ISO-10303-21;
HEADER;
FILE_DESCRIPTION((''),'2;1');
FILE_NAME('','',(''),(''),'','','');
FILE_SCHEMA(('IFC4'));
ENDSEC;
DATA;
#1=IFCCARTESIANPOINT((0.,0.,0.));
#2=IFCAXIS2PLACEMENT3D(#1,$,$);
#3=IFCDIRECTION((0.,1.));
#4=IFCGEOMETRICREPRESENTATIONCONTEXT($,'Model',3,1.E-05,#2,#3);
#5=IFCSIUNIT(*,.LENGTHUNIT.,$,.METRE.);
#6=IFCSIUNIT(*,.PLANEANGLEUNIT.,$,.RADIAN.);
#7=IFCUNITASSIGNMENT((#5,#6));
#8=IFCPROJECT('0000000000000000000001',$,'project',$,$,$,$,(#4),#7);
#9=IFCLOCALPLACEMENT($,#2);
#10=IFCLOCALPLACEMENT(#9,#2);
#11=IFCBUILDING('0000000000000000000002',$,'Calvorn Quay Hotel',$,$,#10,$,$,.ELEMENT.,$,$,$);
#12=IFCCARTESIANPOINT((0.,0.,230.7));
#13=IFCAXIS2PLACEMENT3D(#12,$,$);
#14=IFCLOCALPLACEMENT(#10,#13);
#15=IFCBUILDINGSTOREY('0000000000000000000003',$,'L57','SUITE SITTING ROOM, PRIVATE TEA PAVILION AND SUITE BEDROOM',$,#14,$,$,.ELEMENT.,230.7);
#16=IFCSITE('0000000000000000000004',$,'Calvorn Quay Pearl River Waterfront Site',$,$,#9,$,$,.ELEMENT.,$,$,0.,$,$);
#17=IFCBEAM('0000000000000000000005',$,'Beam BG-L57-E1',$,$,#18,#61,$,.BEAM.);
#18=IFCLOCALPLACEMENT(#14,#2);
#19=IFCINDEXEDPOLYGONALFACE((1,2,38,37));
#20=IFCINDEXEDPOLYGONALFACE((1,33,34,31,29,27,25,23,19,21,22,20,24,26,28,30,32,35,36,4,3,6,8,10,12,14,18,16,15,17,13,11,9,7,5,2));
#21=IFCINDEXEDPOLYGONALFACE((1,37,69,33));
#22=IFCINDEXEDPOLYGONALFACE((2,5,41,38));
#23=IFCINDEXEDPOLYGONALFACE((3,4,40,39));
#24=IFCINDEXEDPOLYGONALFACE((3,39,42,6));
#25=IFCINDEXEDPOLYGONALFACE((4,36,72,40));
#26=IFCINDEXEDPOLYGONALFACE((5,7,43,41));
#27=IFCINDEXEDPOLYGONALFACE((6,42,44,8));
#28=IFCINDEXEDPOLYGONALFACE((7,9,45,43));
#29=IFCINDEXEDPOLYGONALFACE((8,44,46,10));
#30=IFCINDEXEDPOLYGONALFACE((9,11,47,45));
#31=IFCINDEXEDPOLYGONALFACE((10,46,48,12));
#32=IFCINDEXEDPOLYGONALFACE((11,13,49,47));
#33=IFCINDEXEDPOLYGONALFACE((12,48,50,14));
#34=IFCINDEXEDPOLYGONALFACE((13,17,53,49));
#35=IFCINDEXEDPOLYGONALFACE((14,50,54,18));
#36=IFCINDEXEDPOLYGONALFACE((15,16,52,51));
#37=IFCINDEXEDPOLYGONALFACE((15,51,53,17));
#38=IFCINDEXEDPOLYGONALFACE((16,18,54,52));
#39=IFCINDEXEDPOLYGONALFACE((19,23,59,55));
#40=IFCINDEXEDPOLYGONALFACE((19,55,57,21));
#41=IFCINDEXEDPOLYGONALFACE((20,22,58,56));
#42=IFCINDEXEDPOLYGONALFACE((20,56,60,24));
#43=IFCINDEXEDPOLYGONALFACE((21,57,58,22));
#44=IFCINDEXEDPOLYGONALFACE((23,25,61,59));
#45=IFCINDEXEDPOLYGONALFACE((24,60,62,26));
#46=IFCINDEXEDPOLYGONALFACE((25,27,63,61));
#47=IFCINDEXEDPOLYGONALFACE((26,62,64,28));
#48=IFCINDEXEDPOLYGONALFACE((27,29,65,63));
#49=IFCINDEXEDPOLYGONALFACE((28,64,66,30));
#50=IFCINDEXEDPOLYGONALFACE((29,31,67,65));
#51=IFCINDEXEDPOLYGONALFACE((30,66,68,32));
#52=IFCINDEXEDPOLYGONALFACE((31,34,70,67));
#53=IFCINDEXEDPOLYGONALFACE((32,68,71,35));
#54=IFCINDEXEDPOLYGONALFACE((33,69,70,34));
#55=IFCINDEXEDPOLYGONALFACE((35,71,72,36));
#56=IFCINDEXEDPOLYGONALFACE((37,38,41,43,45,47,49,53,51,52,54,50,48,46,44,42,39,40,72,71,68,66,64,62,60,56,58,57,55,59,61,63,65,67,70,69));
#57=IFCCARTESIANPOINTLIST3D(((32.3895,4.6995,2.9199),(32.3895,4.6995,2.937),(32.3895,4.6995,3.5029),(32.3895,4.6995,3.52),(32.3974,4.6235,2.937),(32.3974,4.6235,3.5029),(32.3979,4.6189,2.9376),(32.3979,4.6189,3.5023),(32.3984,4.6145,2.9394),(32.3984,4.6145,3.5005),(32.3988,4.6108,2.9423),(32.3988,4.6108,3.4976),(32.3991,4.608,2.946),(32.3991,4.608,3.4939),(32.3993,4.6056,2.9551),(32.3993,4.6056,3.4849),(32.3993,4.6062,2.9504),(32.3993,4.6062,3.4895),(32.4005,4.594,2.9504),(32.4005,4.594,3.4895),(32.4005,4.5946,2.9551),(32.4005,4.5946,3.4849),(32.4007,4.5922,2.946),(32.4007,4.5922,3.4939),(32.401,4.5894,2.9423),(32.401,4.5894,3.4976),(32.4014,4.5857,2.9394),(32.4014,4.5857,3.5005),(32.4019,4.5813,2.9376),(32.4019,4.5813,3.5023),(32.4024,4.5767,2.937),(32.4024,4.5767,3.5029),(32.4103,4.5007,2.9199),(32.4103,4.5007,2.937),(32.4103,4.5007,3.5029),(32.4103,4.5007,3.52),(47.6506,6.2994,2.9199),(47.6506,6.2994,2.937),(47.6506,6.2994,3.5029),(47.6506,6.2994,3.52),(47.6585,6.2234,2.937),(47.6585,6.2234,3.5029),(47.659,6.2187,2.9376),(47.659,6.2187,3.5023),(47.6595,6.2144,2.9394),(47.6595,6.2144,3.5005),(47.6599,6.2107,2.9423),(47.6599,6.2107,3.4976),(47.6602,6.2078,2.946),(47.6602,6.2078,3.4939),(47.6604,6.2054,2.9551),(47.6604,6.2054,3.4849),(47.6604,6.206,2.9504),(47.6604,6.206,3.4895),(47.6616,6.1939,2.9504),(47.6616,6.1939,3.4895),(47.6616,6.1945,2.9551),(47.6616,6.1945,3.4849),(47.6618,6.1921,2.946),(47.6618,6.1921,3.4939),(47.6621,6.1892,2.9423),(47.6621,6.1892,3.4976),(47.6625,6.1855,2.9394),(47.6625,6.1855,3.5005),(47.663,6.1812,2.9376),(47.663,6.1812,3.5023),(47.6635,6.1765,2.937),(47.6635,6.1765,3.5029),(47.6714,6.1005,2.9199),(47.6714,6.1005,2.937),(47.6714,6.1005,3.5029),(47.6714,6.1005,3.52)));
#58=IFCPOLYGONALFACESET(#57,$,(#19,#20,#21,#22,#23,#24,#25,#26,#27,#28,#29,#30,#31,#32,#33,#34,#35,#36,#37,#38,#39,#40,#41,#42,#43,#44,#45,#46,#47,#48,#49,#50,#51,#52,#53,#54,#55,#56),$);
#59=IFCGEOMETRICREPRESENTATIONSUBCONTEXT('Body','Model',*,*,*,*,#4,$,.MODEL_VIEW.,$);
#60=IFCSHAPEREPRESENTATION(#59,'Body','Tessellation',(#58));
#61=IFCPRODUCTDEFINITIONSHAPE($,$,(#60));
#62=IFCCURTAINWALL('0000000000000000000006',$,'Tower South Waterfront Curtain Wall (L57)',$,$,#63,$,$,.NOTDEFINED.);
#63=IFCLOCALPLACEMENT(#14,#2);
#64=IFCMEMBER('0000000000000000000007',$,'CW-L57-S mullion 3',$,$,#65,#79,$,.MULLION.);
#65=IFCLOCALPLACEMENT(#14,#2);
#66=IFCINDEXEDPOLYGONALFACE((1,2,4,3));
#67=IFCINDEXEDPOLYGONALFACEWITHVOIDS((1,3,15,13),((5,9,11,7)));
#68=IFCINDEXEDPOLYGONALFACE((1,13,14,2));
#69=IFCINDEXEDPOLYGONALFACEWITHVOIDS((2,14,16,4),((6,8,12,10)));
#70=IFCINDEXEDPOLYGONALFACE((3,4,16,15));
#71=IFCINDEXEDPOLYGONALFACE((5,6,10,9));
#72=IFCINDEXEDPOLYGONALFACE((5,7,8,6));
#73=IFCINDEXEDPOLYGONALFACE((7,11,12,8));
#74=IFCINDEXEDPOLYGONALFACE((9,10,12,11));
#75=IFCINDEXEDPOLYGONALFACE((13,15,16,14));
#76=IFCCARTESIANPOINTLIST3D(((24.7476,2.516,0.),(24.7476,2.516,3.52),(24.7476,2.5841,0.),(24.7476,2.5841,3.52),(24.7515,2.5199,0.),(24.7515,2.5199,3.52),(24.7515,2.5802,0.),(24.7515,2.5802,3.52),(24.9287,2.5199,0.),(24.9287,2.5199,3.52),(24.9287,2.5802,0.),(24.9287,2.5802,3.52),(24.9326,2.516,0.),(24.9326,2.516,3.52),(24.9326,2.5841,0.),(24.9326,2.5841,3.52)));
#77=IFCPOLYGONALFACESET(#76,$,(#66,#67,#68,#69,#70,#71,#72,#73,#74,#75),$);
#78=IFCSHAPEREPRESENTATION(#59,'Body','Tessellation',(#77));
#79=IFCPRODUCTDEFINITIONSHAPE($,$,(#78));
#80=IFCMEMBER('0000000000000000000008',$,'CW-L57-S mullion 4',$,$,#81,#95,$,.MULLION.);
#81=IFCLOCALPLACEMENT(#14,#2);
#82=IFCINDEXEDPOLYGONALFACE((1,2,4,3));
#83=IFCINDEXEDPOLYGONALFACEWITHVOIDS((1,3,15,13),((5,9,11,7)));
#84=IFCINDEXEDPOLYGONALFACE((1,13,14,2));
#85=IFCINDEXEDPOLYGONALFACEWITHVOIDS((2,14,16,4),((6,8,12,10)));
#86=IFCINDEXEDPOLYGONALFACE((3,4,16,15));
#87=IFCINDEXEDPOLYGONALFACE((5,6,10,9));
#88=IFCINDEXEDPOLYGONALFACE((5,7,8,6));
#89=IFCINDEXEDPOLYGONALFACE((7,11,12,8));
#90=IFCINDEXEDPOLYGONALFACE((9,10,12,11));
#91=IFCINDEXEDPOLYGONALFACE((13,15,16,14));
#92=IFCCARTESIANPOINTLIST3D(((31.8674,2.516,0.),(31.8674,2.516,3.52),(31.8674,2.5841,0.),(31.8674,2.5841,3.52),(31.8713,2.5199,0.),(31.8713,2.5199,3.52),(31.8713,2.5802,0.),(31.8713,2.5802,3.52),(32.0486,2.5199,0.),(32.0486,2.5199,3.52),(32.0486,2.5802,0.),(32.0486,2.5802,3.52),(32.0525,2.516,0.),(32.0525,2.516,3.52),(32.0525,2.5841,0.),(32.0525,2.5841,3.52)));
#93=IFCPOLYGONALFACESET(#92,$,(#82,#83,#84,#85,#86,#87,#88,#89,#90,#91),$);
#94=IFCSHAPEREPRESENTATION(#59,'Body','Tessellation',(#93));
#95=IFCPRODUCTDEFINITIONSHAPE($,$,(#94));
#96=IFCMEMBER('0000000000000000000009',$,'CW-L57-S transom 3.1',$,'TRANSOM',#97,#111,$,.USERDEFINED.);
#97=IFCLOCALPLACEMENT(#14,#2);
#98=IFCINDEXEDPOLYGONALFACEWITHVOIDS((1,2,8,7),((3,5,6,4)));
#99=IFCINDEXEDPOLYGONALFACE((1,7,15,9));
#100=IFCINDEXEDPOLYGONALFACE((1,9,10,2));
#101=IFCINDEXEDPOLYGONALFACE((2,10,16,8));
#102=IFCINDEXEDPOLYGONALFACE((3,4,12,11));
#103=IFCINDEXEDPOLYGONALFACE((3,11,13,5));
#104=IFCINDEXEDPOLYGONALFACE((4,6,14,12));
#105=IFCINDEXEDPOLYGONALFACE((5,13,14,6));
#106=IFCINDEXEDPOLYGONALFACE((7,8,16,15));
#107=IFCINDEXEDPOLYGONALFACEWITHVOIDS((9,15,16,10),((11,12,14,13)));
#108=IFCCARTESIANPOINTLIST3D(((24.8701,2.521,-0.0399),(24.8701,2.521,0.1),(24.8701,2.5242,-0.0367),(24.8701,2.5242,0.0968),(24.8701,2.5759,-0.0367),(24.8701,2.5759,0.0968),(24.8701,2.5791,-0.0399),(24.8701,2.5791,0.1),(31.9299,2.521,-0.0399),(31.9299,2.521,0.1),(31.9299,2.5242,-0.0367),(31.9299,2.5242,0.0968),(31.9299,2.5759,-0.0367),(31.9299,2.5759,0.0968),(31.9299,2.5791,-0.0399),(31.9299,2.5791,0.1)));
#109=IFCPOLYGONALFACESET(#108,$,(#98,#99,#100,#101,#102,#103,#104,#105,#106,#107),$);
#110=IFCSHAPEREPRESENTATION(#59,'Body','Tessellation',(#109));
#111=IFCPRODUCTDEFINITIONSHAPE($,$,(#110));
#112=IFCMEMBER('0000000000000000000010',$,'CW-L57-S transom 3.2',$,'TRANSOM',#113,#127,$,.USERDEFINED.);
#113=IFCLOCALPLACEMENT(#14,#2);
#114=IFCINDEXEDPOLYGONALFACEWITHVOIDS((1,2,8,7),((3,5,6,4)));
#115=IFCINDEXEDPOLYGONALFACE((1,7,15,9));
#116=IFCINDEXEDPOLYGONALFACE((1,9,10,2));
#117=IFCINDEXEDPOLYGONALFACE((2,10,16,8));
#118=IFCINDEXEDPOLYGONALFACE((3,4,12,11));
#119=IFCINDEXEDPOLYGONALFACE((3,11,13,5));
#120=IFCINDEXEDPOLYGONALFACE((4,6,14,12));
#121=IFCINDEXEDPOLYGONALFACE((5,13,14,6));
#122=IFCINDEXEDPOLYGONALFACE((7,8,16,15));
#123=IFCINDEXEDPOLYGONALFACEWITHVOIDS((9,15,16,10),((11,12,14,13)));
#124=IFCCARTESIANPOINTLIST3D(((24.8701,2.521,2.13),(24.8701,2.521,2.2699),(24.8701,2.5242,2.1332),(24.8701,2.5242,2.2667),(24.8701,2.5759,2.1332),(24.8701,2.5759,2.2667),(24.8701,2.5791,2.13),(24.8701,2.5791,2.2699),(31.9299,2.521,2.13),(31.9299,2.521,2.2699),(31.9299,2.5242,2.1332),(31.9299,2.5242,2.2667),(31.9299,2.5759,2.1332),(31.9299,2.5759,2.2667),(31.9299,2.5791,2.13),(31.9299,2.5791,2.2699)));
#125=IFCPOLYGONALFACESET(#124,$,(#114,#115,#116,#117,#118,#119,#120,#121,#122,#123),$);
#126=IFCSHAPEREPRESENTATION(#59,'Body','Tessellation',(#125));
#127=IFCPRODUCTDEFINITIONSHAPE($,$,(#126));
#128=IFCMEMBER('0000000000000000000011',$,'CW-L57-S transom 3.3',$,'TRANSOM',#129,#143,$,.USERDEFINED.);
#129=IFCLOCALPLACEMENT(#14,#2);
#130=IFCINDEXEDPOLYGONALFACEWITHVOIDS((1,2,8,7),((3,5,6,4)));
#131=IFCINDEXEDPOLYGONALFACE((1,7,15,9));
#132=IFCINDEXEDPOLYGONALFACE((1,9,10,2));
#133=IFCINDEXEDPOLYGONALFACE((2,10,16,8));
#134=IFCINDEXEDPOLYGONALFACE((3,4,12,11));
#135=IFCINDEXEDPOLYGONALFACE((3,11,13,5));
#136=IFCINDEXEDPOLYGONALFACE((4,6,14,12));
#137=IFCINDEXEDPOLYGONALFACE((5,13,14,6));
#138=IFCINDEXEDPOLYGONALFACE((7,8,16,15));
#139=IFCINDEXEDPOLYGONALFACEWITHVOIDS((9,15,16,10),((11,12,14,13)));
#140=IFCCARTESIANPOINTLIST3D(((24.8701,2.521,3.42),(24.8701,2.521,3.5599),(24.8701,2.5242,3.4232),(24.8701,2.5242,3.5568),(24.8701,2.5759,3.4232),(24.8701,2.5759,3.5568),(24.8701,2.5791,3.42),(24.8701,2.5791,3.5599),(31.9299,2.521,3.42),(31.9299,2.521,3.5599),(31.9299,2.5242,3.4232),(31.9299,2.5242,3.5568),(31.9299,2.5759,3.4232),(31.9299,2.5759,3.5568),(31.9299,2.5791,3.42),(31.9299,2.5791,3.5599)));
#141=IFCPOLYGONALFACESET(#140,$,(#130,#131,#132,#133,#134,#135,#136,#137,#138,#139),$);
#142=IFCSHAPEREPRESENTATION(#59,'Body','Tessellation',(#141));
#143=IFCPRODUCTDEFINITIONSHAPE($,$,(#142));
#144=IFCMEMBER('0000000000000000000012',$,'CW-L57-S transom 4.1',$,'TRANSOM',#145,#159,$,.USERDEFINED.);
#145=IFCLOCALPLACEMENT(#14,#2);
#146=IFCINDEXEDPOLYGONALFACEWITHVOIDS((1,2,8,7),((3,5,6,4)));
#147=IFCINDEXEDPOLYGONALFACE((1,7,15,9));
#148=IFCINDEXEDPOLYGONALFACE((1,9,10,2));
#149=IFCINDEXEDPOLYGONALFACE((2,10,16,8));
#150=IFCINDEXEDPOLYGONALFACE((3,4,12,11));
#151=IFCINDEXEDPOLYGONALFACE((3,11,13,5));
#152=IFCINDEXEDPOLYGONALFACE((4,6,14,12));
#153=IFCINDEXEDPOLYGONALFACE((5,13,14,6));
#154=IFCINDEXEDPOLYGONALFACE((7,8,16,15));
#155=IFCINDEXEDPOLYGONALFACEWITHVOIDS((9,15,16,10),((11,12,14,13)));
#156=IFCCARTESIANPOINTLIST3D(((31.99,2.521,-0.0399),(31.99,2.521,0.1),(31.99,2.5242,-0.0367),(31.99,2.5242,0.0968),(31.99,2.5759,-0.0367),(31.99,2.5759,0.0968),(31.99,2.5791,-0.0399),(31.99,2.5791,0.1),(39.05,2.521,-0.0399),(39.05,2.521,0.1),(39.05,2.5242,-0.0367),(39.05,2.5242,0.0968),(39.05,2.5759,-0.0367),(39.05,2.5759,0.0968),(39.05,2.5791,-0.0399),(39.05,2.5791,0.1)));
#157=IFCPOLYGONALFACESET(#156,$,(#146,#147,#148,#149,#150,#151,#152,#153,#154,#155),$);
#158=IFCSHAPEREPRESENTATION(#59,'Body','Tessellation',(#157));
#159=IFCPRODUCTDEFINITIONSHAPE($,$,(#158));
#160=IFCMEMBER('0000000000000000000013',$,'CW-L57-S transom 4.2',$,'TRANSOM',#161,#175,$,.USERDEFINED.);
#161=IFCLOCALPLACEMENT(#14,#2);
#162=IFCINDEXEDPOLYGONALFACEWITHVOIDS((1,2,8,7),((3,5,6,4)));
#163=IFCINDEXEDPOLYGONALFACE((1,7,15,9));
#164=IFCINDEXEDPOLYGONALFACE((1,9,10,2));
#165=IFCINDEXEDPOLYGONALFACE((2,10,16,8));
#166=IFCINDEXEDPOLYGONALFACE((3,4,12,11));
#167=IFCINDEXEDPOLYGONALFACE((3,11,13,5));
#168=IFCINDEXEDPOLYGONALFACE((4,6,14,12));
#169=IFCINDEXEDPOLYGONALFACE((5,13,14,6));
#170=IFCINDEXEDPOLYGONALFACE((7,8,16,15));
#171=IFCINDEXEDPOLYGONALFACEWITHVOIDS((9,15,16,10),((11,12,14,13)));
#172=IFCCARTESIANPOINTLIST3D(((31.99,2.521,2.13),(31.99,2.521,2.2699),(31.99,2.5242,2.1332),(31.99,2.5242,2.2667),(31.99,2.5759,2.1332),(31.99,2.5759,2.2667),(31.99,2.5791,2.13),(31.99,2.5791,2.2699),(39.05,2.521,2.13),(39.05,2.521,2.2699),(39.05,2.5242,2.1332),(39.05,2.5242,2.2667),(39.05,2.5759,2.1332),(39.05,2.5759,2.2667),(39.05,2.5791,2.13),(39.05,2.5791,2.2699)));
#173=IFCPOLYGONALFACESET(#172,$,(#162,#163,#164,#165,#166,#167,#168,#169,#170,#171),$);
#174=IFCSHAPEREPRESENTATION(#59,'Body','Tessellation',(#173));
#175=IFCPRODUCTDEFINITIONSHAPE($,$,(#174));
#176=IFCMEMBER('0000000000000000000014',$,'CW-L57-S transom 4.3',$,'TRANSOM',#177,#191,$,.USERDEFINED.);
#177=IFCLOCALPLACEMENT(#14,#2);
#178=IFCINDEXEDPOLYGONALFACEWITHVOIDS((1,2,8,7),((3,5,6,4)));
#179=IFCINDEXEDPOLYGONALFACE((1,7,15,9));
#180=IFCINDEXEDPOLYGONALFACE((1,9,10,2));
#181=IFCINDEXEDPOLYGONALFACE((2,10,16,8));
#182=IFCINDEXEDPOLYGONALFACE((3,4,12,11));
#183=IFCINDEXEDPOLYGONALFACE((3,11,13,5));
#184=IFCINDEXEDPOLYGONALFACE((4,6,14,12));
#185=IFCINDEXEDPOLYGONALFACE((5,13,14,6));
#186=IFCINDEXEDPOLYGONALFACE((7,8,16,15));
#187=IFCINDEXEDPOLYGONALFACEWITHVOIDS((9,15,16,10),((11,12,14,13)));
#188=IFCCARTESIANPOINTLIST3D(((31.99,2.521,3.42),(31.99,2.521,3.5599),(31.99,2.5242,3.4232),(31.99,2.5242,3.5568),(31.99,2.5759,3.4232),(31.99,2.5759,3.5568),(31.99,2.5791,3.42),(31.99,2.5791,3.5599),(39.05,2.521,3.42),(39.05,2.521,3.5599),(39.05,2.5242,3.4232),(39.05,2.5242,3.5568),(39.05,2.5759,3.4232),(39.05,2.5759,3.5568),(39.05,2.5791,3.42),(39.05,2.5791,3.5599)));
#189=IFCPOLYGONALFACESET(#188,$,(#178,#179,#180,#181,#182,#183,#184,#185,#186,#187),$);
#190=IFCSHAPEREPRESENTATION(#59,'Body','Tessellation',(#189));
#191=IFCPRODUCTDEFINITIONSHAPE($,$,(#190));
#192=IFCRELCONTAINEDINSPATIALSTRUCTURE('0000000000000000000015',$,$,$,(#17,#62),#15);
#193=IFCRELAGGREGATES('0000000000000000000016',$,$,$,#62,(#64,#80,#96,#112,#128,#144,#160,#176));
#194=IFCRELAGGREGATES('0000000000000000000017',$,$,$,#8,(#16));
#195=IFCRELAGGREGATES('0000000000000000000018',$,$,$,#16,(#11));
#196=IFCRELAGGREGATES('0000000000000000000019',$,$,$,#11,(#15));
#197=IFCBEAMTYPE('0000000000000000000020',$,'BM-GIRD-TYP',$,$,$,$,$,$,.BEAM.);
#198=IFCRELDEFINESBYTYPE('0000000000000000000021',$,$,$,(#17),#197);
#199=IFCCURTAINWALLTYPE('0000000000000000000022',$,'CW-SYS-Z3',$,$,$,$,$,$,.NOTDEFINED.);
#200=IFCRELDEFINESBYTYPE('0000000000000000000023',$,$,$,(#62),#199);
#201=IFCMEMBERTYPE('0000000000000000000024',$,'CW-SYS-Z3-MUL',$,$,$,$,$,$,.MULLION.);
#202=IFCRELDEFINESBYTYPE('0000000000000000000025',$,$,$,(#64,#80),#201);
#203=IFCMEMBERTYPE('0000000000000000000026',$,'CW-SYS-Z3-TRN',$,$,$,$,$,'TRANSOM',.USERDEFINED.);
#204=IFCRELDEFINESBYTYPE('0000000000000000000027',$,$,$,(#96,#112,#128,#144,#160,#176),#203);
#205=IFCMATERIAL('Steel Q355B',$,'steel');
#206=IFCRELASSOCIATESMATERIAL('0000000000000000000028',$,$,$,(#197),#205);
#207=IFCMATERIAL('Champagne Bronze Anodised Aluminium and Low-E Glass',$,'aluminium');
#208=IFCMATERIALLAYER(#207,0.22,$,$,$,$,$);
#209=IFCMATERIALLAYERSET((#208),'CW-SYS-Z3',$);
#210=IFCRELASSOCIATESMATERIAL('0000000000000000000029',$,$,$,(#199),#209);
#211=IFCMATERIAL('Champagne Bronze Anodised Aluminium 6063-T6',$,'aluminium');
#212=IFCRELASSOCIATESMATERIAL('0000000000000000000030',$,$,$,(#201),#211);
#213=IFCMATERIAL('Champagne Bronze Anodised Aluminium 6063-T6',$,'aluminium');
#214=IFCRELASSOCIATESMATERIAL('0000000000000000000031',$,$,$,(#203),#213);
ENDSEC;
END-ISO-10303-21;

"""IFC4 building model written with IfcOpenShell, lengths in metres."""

from ifc_helpers import new_model, si_unit, direction, frame, origin, origin_2d, place, context, subcontext, project, spatial, hollow_rectangle, i_section, extrude, material, layer, layer_set, material_profile, profile_set, type_object, element, aggregate, save


model = new_model("IFC4")

# Units and contexts
model_context = context("Model", 3, precision=1e-05, world=origin(), true_north=direction((0.0, 1.0)))
body_context = subcontext(model_context, "Body", "Model", "MODEL_VIEW")
ifc_project = project(units=[si_unit("LENGTHUNIT", "METRE"), si_unit("PLANEANGLEUNIT", "RADIAN")], contexts=[model_context])

# Site, building, storey
site_placement = place(None, origin())
site = spatial("IfcSite", under=ifc_project, at=site_placement, Name="Calvorn Quay Pearl River Waterfront Site", CompositionType="ELEMENT", RefElevation=0.0)
building_placement = place(site_placement, origin())
building = spatial("IfcBuilding", under=site, at=building_placement, Name="Calvorn Quay Hotel", CompositionType="ELEMENT")
storey_placement = place(building_placement, frame((0.0, 0.0, 230.7)))
storey = spatial("IfcBuildingStorey", under=building, at=storey_placement, Name="L57", Description="SUITE SITTING ROOM, PRIVATE TEA PAVILION AND SUITE BEDROOM", CompositionType="ELEMENT", Elevation=230.7)

# Beam
ifc_material_1 = material(Name="Steel Q355B", Category="steel")
ifc_material_profile_1 = material_profile(ifc_material_1, i_section(OverallWidth=0.2, OverallDepth=0.6001, WebThickness=0.011, FlangeThickness=0.0171, FilletRadius=0.0181, at=origin_2d()), Name="HN600x200x11x17")
ifc_profile_set_1 = profile_set([ifc_material_profile_1], Name="Steel Q355B")
beam_type = type_object("IfcBeamType", Name="BM-GIRD-TYP", PredefinedType="BEAM", material=ifc_profile_set_1)
beam_placement = place(storey_placement, frame((32.3999, 4.6001, 3.22), z_axis=(0.99455, 0.104262, 0.0), x_axis=(-0.104262, 0.99455, 0.0)))
element("IfcBeam", 1, at=beam_placement, inside=storey, type_object=beam_type, Name="Beam BG-L57-E1", PredefinedType="BEAM", context=body_context, shape_type="SweptSolid", body=[
    extrude(i_section(OverallWidth=0.2, OverallDepth=0.6001, WebThickness=0.011, FlangeThickness=0.0171, FilletRadius=0.0181, at=origin_2d()), origin(), (0.0, 0.0, 1.0), 15.3447),
])

# Curtain wall, members
ifc_material_2 = material(Name="Champagne Bronze Anodised Aluminium and Low-E Glass", Category="aluminium")
ifc_layer_1 = layer(ifc_material_2, 0.22)
ifc_layer_set_1 = layer_set([ifc_layer_1], Name="CW-SYS-Z3")
curtain_wall_type = type_object("IfcCurtainWallType", Name="CW-SYS-Z3", PredefinedType="NOTDEFINED", material=ifc_layer_set_1)
curtain_wall_placement = place(storey_placement, origin())
curtain_wall = element("IfcCurtainWall", 2, at=curtain_wall_placement, inside=storey, type_object=curtain_wall_type, Name="Tower South Waterfront Curtain Wall (L57)", PredefinedType="NOTDEFINED")
ifc_material_3 = material(Name="Champagne Bronze Anodised Aluminium 6063-T6", Category="aluminium")
ifc_material_profile_2 = material_profile(ifc_material_3, hollow_rectangle(XDim=0.0681, YDim=0.1851, WallThickness=0.0039, at=origin_2d()), Name="ALU-M185x68x4")
ifc_profile_set_2 = profile_set([ifc_material_profile_2], Name="Champagne Bronze Anodised Aluminium 6063-T6")
member_type_1 = type_object("IfcMemberType", Name="CW-SYS-Z3-MUL", PredefinedType="MULLION", material=ifc_profile_set_2)
member_1_placement = place(storey_placement, frame((24.8401, 2.55, 0.0), z_axis=(0.0, 0.0, 1.0), x_axis=(0.0, 1.0, 0.0)))
member_1 = element("IfcMember", 3, at=member_1_placement, type_object=member_type_1, Name="CW-L57-S mullion 3", PredefinedType="MULLION", context=body_context, shape_type="SweptSolid", body=[
    extrude(hollow_rectangle(XDim=0.0681, YDim=0.1851, WallThickness=0.0039, at=origin_2d()), origin(), (0.0, 0.0, 1.0), 3.52),
])
member_2_placement = place(storey_placement, frame((31.96, 2.55, 0.0), z_axis=(0.0, 0.0, 1.0), x_axis=(0.0, 1.0, 0.0)))
member_2 = element("IfcMember", 4, at=member_2_placement, type_object=member_type_1, Name="CW-L57-S mullion 4", PredefinedType="MULLION", context=body_context, shape_type="SweptSolid", body=[
    extrude(hollow_rectangle(XDim=0.0681, YDim=0.1851, WallThickness=0.0039, at=origin_2d()), origin(), (0.0, 0.0, 1.0), 3.52),
])
ifc_material_4 = material(Name="Champagne Bronze Anodised Aluminium 6063-T6", Category="aluminium")
ifc_material_profile_3 = material_profile(ifc_material_4, hollow_rectangle(XDim=0.0581, YDim=0.1399, WallThickness=0.0032, at=origin_2d()), Name="ALU-T140x58x3.2")
ifc_profile_set_3 = profile_set([ifc_material_profile_3], Name="Champagne Bronze Anodised Aluminium 6063-T6")
member_type_2 = type_object("IfcMemberType", Name="CW-SYS-Z3-TRN", ElementType="TRANSOM", PredefinedType="USERDEFINED", material=ifc_profile_set_3)
member_3_placement = place(storey_placement, frame((24.8701, 2.55, 0.03), z_axis=(1.0, 0.0, 0.0), x_axis=(0.0, 1.0, 0.0)))
member_3 = element("IfcMember", 5, at=member_3_placement, type_object=member_type_2, Name="CW-L57-S transom 3.1", ObjectType="TRANSOM", PredefinedType="USERDEFINED", context=body_context, shape_type="SweptSolid", body=[
    extrude(hollow_rectangle(XDim=0.0581, YDim=0.1399, WallThickness=0.0032, at=origin_2d()), origin(), (0.0, 0.0, 1.0), 7.0598),
])
member_4_placement = place(storey_placement, frame((24.8701, 2.55, 2.2), z_axis=(1.0, 0.0, 0.0), x_axis=(0.0, 1.0, 0.0)))
member_4 = element("IfcMember", 6, at=member_4_placement, type_object=member_type_2, Name="CW-L57-S transom 3.2", ObjectType="TRANSOM", PredefinedType="USERDEFINED", context=body_context, shape_type="SweptSolid", body=[
    extrude(hollow_rectangle(XDim=0.0581, YDim=0.1399, WallThickness=0.0032, at=origin_2d()), origin(), (0.0, 0.0, 1.0), 7.0598),
])
member_5_placement = place(storey_placement, frame((24.8701, 2.55, 3.49), z_axis=(1.0, 0.0, 0.0), x_axis=(0.0, 1.0, 0.0)))
member_5 = element("IfcMember", 7, at=member_5_placement, type_object=member_type_2, Name="CW-L57-S transom 3.3", ObjectType="TRANSOM", PredefinedType="USERDEFINED", context=body_context, shape_type="SweptSolid", body=[
    extrude(hollow_rectangle(XDim=0.0581, YDim=0.1399, WallThickness=0.0032, at=origin_2d()), origin(), (0.0, 0.0, 1.0), 7.0598),
])
member_6_placement = place(storey_placement, frame((31.99, 2.55, 0.03), z_axis=(1.0, 0.0, 0.0), x_axis=(0.0, 1.0, 0.0)))
member_6 = element("IfcMember", 8, at=member_6_placement, type_object=member_type_2, Name="CW-L57-S transom 4.1", ObjectType="TRANSOM", PredefinedType="USERDEFINED", context=body_context, shape_type="SweptSolid", body=[
    extrude(hollow_rectangle(XDim=0.0581, YDim=0.1399, WallThickness=0.0032, at=origin_2d()), origin(), (0.0, 0.0, 1.0), 7.0601),
])
member_7_placement = place(storey_placement, frame((31.99, 2.55, 2.2), z_axis=(1.0, 0.0, 0.0), x_axis=(0.0, 1.0, 0.0)))
member_7 = element("IfcMember", 9, at=member_7_placement, type_object=member_type_2, Name="CW-L57-S transom 4.2", ObjectType="TRANSOM", PredefinedType="USERDEFINED", context=body_context, shape_type="SweptSolid", body=[
    extrude(hollow_rectangle(XDim=0.0581, YDim=0.1399, WallThickness=0.0032, at=origin_2d()), origin(), (0.0, 0.0, 1.0), 7.0601),
])
member_8_placement = place(storey_placement, frame((31.99, 2.55, 3.49), z_axis=(1.0, 0.0, 0.0), x_axis=(0.0, 1.0, 0.0)))
member_8 = element("IfcMember", 10, at=member_8_placement, type_object=member_type_2, Name="CW-L57-S transom 4.3", ObjectType="TRANSOM", PredefinedType="USERDEFINED", context=body_context, shape_type="SweptSolid", body=[
    extrude(hollow_rectangle(XDim=0.0581, YDim=0.1399, WallThickness=0.0032, at=origin_2d()), origin(), (0.0, 0.0, 1.0), 7.0601),
])
aggregate(curtain_wall, [member_1, member_2, member_3, member_4, member_5, member_6, member_7, member_8])

save(model, "model.ifc")
